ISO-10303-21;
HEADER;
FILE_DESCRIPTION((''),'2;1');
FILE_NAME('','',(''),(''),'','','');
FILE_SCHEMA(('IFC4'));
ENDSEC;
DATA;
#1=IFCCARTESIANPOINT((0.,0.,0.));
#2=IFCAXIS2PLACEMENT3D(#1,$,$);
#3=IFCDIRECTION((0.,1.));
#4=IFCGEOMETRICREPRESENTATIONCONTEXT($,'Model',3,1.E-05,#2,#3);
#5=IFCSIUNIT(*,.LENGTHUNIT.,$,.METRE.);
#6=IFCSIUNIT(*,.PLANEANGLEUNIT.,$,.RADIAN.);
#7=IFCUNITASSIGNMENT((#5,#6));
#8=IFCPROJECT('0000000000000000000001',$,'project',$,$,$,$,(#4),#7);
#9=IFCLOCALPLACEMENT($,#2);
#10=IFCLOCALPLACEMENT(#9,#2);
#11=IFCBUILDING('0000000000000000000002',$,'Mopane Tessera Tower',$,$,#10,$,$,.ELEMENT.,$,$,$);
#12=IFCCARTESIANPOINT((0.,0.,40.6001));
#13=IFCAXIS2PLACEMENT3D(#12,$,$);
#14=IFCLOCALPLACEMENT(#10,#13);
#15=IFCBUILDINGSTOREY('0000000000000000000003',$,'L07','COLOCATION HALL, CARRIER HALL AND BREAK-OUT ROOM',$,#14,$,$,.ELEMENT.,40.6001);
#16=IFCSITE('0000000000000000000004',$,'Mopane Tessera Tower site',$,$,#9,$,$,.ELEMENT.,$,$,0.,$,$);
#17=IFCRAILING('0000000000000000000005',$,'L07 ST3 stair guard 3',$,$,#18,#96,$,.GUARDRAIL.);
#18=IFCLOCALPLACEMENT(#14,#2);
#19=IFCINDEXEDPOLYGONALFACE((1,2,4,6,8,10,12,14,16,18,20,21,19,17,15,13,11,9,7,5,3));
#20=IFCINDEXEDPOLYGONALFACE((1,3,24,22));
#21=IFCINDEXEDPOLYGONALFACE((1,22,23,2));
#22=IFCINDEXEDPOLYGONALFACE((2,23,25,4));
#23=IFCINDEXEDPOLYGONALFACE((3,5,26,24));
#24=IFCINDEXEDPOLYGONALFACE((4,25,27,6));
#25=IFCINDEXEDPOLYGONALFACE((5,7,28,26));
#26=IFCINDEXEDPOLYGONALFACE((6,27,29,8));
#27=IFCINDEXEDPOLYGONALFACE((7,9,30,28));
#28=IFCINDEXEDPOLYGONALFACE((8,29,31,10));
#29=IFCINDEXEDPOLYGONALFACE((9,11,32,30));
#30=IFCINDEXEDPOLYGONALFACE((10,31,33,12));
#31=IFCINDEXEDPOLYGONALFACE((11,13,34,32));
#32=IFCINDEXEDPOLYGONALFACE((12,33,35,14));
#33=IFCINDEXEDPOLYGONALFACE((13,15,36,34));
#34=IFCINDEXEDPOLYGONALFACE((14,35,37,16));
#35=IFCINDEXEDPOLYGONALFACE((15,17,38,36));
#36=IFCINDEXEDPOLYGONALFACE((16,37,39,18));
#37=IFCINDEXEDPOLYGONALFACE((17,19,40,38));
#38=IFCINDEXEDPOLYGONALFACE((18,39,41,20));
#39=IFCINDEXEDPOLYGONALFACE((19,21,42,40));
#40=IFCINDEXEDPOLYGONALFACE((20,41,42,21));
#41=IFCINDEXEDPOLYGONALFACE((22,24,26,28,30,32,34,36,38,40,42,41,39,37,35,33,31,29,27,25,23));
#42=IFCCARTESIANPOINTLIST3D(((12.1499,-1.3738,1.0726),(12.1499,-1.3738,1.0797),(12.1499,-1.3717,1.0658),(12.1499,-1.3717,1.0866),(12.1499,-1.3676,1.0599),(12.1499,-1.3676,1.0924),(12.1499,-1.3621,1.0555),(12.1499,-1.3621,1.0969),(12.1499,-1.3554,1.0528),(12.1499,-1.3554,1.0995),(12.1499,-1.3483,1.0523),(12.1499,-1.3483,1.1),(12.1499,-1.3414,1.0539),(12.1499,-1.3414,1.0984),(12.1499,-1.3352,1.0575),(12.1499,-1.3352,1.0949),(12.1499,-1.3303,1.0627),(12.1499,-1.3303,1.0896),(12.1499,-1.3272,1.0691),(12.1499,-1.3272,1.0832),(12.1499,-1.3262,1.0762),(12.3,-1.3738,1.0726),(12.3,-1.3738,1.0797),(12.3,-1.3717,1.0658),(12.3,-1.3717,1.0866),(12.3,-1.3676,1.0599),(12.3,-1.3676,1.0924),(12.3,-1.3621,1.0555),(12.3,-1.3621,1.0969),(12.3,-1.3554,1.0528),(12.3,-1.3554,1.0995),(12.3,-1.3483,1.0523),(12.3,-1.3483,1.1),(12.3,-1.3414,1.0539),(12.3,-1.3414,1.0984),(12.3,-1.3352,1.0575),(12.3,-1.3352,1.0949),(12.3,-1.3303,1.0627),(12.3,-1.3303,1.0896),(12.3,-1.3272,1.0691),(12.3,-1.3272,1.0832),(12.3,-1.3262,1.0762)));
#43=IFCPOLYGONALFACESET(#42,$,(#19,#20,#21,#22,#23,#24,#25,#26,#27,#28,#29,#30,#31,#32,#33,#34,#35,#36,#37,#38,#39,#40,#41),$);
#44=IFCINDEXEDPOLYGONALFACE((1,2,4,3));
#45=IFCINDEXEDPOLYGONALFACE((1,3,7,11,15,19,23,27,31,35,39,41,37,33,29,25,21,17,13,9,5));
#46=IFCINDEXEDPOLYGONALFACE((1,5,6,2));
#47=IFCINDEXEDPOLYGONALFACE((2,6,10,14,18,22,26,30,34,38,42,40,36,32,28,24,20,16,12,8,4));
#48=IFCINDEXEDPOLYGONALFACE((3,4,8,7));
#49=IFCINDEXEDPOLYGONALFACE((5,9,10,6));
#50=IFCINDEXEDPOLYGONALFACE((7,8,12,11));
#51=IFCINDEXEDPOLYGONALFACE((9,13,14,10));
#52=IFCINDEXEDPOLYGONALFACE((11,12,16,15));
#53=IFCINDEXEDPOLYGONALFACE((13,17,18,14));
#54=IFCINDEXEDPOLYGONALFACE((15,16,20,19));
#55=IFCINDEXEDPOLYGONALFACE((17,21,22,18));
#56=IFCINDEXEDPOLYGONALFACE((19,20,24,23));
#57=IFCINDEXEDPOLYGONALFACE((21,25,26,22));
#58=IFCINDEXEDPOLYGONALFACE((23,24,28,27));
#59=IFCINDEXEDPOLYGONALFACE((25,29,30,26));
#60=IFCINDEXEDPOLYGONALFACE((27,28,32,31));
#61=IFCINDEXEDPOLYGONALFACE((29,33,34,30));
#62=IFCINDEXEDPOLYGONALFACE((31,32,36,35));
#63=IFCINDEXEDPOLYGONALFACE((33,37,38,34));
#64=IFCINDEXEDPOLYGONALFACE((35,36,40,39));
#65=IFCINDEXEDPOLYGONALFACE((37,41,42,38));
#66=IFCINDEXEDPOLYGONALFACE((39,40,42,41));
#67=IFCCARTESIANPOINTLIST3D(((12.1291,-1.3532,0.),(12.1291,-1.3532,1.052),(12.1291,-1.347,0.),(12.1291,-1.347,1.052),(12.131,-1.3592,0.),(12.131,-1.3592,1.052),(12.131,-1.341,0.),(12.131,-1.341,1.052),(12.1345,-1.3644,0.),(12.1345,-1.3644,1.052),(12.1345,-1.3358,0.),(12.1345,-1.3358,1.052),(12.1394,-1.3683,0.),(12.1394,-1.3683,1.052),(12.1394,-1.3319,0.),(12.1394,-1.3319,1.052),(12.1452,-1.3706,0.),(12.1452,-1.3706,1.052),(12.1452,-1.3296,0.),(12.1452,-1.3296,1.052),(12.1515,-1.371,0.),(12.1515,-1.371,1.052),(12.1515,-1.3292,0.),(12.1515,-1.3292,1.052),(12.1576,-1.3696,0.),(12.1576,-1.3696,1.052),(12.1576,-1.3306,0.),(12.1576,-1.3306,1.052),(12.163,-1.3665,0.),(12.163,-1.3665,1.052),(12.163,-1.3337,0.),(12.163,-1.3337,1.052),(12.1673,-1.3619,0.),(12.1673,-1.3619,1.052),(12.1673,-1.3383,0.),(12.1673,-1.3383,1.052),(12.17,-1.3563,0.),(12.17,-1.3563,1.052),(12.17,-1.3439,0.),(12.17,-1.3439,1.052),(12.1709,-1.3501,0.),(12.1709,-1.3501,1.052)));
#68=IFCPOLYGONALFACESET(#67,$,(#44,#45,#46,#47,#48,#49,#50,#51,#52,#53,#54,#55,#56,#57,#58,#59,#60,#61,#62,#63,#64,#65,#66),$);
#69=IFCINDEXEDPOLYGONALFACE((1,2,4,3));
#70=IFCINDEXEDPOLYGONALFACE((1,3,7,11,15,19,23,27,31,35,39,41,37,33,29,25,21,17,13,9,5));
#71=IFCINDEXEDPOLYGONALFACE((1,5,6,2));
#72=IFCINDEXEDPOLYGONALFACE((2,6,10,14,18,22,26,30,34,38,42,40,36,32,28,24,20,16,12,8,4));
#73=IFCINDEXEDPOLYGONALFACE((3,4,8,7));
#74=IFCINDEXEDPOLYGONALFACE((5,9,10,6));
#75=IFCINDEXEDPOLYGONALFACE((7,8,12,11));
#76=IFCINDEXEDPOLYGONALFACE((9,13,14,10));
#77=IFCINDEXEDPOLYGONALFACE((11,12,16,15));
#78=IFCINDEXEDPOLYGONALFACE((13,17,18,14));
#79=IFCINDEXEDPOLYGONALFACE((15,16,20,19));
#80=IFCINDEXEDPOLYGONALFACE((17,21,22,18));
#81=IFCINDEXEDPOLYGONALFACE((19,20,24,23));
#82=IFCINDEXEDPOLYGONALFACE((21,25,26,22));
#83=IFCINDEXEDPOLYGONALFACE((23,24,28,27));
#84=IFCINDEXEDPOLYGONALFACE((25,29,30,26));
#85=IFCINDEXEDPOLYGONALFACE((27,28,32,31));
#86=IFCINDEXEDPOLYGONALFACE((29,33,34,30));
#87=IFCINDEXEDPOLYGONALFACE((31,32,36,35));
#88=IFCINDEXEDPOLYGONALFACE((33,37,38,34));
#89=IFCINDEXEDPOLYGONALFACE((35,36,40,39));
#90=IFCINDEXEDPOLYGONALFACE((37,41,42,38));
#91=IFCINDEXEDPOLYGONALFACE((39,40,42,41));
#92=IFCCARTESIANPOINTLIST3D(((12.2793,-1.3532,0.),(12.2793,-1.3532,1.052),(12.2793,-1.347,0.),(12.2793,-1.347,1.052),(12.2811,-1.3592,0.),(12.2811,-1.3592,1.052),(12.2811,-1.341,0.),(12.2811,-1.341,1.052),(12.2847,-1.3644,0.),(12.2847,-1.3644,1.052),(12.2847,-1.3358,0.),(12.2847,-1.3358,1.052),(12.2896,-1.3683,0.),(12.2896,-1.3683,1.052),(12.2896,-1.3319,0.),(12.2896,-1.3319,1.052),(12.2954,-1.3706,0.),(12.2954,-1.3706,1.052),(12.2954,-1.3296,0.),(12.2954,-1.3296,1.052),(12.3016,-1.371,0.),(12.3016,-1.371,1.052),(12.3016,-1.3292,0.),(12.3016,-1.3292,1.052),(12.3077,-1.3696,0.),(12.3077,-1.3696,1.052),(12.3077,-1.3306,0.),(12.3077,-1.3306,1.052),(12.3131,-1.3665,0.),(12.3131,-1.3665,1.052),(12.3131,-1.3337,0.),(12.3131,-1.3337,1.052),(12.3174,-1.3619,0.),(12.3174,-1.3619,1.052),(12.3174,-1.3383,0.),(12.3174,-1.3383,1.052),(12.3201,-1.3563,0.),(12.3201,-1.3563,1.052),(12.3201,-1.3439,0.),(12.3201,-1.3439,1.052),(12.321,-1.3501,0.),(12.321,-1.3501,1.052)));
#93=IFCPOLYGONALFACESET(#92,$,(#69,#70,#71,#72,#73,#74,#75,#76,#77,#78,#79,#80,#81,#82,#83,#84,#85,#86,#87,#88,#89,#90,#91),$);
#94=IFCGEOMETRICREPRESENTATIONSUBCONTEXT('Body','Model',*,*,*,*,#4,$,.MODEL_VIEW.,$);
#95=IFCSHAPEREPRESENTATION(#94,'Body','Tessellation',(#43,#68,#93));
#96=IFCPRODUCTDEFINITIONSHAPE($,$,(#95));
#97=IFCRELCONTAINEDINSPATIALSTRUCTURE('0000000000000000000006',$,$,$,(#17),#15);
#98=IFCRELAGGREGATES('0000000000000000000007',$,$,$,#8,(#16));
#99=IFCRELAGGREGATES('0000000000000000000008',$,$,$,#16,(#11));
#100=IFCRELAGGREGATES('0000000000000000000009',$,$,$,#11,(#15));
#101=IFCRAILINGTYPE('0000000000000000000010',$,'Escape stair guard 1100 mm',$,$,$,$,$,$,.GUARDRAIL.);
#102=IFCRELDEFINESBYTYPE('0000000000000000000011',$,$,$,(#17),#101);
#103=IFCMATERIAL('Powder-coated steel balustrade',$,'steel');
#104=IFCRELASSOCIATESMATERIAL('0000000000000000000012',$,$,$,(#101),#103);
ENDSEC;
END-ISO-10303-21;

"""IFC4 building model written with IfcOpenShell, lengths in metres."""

from ifc_helpers import new_model, si_unit, direction, frame, origin, origin_2d, place, context, subcontext, project, spatial, circle, extrude, material, type_object, element, save


model = new_model("IFC4")

# Units and contexts
model_context = context("Model", 3, precision=1e-05, world=origin(), true_north=direction((0.0, 1.0)))
body_context = subcontext(model_context, "Body", "Model", "MODEL_VIEW")
ifc_project = project(units=[si_unit("LENGTHUNIT", "METRE"), si_unit("PLANEANGLEUNIT", "RADIAN")], contexts=[model_context])

# Site, building, storey
site_placement = place(None, origin())
site = spatial("IfcSite", under=ifc_project, at=site_placement, Name="Mopane Tessera Tower site", CompositionType="ELEMENT", RefElevation=0.0)
building_placement = place(site_placement, origin())
building = spatial("IfcBuilding", under=site, at=building_placement, Name="Mopane Tessera Tower", CompositionType="ELEMENT")
storey_placement = place(building_placement, frame((0.0, 0.0, 40.6001)))
storey = spatial("IfcBuildingStorey", under=building, at=storey_placement, Name="L07", Description="COLOCATION HALL, CARRIER HALL AND BREAK-OUT ROOM", CompositionType="ELEMENT", Elevation=40.6001)

# Railing
ifc_material_1 = material(Name="Powder-coated steel balustrade", Category="steel")
railing_type_1 = type_object("IfcRailingType", Name="Escape stair guard 1100 mm", PredefinedType="GUARDRAIL", material=ifc_material_1)
railing_1_placement = place(storey_placement, frame((12.1499, -1.3501, 0.0)))
element("IfcRailing", 1, at=railing_1_placement, inside=storey, type_object=railing_type_1, Name="L07 ST3 stair guard 3", PredefinedType="GUARDRAIL", context=body_context, shape_type="SweptSolid", body=[
    extrude(circle(Radius=0.0239, at=origin_2d()), frame((0.0, 0.0, 1.0762), z_axis=(1.0, 0.0, 0.0), x_axis=(0.0, 1.0, 0.0)), (0.0, 0.0, 1.0), 0.1501),
    extrude(circle(Radius=0.021, at=origin_2d()), origin(), (0.0, 0.0, 1.0), 1.052),
    extrude(circle(Radius=0.021, at=origin_2d()), frame((0.1501, 0.0, 0.0)), (0.0, 0.0, 1.0), 1.052),
])

save(model, "model.ifc")
